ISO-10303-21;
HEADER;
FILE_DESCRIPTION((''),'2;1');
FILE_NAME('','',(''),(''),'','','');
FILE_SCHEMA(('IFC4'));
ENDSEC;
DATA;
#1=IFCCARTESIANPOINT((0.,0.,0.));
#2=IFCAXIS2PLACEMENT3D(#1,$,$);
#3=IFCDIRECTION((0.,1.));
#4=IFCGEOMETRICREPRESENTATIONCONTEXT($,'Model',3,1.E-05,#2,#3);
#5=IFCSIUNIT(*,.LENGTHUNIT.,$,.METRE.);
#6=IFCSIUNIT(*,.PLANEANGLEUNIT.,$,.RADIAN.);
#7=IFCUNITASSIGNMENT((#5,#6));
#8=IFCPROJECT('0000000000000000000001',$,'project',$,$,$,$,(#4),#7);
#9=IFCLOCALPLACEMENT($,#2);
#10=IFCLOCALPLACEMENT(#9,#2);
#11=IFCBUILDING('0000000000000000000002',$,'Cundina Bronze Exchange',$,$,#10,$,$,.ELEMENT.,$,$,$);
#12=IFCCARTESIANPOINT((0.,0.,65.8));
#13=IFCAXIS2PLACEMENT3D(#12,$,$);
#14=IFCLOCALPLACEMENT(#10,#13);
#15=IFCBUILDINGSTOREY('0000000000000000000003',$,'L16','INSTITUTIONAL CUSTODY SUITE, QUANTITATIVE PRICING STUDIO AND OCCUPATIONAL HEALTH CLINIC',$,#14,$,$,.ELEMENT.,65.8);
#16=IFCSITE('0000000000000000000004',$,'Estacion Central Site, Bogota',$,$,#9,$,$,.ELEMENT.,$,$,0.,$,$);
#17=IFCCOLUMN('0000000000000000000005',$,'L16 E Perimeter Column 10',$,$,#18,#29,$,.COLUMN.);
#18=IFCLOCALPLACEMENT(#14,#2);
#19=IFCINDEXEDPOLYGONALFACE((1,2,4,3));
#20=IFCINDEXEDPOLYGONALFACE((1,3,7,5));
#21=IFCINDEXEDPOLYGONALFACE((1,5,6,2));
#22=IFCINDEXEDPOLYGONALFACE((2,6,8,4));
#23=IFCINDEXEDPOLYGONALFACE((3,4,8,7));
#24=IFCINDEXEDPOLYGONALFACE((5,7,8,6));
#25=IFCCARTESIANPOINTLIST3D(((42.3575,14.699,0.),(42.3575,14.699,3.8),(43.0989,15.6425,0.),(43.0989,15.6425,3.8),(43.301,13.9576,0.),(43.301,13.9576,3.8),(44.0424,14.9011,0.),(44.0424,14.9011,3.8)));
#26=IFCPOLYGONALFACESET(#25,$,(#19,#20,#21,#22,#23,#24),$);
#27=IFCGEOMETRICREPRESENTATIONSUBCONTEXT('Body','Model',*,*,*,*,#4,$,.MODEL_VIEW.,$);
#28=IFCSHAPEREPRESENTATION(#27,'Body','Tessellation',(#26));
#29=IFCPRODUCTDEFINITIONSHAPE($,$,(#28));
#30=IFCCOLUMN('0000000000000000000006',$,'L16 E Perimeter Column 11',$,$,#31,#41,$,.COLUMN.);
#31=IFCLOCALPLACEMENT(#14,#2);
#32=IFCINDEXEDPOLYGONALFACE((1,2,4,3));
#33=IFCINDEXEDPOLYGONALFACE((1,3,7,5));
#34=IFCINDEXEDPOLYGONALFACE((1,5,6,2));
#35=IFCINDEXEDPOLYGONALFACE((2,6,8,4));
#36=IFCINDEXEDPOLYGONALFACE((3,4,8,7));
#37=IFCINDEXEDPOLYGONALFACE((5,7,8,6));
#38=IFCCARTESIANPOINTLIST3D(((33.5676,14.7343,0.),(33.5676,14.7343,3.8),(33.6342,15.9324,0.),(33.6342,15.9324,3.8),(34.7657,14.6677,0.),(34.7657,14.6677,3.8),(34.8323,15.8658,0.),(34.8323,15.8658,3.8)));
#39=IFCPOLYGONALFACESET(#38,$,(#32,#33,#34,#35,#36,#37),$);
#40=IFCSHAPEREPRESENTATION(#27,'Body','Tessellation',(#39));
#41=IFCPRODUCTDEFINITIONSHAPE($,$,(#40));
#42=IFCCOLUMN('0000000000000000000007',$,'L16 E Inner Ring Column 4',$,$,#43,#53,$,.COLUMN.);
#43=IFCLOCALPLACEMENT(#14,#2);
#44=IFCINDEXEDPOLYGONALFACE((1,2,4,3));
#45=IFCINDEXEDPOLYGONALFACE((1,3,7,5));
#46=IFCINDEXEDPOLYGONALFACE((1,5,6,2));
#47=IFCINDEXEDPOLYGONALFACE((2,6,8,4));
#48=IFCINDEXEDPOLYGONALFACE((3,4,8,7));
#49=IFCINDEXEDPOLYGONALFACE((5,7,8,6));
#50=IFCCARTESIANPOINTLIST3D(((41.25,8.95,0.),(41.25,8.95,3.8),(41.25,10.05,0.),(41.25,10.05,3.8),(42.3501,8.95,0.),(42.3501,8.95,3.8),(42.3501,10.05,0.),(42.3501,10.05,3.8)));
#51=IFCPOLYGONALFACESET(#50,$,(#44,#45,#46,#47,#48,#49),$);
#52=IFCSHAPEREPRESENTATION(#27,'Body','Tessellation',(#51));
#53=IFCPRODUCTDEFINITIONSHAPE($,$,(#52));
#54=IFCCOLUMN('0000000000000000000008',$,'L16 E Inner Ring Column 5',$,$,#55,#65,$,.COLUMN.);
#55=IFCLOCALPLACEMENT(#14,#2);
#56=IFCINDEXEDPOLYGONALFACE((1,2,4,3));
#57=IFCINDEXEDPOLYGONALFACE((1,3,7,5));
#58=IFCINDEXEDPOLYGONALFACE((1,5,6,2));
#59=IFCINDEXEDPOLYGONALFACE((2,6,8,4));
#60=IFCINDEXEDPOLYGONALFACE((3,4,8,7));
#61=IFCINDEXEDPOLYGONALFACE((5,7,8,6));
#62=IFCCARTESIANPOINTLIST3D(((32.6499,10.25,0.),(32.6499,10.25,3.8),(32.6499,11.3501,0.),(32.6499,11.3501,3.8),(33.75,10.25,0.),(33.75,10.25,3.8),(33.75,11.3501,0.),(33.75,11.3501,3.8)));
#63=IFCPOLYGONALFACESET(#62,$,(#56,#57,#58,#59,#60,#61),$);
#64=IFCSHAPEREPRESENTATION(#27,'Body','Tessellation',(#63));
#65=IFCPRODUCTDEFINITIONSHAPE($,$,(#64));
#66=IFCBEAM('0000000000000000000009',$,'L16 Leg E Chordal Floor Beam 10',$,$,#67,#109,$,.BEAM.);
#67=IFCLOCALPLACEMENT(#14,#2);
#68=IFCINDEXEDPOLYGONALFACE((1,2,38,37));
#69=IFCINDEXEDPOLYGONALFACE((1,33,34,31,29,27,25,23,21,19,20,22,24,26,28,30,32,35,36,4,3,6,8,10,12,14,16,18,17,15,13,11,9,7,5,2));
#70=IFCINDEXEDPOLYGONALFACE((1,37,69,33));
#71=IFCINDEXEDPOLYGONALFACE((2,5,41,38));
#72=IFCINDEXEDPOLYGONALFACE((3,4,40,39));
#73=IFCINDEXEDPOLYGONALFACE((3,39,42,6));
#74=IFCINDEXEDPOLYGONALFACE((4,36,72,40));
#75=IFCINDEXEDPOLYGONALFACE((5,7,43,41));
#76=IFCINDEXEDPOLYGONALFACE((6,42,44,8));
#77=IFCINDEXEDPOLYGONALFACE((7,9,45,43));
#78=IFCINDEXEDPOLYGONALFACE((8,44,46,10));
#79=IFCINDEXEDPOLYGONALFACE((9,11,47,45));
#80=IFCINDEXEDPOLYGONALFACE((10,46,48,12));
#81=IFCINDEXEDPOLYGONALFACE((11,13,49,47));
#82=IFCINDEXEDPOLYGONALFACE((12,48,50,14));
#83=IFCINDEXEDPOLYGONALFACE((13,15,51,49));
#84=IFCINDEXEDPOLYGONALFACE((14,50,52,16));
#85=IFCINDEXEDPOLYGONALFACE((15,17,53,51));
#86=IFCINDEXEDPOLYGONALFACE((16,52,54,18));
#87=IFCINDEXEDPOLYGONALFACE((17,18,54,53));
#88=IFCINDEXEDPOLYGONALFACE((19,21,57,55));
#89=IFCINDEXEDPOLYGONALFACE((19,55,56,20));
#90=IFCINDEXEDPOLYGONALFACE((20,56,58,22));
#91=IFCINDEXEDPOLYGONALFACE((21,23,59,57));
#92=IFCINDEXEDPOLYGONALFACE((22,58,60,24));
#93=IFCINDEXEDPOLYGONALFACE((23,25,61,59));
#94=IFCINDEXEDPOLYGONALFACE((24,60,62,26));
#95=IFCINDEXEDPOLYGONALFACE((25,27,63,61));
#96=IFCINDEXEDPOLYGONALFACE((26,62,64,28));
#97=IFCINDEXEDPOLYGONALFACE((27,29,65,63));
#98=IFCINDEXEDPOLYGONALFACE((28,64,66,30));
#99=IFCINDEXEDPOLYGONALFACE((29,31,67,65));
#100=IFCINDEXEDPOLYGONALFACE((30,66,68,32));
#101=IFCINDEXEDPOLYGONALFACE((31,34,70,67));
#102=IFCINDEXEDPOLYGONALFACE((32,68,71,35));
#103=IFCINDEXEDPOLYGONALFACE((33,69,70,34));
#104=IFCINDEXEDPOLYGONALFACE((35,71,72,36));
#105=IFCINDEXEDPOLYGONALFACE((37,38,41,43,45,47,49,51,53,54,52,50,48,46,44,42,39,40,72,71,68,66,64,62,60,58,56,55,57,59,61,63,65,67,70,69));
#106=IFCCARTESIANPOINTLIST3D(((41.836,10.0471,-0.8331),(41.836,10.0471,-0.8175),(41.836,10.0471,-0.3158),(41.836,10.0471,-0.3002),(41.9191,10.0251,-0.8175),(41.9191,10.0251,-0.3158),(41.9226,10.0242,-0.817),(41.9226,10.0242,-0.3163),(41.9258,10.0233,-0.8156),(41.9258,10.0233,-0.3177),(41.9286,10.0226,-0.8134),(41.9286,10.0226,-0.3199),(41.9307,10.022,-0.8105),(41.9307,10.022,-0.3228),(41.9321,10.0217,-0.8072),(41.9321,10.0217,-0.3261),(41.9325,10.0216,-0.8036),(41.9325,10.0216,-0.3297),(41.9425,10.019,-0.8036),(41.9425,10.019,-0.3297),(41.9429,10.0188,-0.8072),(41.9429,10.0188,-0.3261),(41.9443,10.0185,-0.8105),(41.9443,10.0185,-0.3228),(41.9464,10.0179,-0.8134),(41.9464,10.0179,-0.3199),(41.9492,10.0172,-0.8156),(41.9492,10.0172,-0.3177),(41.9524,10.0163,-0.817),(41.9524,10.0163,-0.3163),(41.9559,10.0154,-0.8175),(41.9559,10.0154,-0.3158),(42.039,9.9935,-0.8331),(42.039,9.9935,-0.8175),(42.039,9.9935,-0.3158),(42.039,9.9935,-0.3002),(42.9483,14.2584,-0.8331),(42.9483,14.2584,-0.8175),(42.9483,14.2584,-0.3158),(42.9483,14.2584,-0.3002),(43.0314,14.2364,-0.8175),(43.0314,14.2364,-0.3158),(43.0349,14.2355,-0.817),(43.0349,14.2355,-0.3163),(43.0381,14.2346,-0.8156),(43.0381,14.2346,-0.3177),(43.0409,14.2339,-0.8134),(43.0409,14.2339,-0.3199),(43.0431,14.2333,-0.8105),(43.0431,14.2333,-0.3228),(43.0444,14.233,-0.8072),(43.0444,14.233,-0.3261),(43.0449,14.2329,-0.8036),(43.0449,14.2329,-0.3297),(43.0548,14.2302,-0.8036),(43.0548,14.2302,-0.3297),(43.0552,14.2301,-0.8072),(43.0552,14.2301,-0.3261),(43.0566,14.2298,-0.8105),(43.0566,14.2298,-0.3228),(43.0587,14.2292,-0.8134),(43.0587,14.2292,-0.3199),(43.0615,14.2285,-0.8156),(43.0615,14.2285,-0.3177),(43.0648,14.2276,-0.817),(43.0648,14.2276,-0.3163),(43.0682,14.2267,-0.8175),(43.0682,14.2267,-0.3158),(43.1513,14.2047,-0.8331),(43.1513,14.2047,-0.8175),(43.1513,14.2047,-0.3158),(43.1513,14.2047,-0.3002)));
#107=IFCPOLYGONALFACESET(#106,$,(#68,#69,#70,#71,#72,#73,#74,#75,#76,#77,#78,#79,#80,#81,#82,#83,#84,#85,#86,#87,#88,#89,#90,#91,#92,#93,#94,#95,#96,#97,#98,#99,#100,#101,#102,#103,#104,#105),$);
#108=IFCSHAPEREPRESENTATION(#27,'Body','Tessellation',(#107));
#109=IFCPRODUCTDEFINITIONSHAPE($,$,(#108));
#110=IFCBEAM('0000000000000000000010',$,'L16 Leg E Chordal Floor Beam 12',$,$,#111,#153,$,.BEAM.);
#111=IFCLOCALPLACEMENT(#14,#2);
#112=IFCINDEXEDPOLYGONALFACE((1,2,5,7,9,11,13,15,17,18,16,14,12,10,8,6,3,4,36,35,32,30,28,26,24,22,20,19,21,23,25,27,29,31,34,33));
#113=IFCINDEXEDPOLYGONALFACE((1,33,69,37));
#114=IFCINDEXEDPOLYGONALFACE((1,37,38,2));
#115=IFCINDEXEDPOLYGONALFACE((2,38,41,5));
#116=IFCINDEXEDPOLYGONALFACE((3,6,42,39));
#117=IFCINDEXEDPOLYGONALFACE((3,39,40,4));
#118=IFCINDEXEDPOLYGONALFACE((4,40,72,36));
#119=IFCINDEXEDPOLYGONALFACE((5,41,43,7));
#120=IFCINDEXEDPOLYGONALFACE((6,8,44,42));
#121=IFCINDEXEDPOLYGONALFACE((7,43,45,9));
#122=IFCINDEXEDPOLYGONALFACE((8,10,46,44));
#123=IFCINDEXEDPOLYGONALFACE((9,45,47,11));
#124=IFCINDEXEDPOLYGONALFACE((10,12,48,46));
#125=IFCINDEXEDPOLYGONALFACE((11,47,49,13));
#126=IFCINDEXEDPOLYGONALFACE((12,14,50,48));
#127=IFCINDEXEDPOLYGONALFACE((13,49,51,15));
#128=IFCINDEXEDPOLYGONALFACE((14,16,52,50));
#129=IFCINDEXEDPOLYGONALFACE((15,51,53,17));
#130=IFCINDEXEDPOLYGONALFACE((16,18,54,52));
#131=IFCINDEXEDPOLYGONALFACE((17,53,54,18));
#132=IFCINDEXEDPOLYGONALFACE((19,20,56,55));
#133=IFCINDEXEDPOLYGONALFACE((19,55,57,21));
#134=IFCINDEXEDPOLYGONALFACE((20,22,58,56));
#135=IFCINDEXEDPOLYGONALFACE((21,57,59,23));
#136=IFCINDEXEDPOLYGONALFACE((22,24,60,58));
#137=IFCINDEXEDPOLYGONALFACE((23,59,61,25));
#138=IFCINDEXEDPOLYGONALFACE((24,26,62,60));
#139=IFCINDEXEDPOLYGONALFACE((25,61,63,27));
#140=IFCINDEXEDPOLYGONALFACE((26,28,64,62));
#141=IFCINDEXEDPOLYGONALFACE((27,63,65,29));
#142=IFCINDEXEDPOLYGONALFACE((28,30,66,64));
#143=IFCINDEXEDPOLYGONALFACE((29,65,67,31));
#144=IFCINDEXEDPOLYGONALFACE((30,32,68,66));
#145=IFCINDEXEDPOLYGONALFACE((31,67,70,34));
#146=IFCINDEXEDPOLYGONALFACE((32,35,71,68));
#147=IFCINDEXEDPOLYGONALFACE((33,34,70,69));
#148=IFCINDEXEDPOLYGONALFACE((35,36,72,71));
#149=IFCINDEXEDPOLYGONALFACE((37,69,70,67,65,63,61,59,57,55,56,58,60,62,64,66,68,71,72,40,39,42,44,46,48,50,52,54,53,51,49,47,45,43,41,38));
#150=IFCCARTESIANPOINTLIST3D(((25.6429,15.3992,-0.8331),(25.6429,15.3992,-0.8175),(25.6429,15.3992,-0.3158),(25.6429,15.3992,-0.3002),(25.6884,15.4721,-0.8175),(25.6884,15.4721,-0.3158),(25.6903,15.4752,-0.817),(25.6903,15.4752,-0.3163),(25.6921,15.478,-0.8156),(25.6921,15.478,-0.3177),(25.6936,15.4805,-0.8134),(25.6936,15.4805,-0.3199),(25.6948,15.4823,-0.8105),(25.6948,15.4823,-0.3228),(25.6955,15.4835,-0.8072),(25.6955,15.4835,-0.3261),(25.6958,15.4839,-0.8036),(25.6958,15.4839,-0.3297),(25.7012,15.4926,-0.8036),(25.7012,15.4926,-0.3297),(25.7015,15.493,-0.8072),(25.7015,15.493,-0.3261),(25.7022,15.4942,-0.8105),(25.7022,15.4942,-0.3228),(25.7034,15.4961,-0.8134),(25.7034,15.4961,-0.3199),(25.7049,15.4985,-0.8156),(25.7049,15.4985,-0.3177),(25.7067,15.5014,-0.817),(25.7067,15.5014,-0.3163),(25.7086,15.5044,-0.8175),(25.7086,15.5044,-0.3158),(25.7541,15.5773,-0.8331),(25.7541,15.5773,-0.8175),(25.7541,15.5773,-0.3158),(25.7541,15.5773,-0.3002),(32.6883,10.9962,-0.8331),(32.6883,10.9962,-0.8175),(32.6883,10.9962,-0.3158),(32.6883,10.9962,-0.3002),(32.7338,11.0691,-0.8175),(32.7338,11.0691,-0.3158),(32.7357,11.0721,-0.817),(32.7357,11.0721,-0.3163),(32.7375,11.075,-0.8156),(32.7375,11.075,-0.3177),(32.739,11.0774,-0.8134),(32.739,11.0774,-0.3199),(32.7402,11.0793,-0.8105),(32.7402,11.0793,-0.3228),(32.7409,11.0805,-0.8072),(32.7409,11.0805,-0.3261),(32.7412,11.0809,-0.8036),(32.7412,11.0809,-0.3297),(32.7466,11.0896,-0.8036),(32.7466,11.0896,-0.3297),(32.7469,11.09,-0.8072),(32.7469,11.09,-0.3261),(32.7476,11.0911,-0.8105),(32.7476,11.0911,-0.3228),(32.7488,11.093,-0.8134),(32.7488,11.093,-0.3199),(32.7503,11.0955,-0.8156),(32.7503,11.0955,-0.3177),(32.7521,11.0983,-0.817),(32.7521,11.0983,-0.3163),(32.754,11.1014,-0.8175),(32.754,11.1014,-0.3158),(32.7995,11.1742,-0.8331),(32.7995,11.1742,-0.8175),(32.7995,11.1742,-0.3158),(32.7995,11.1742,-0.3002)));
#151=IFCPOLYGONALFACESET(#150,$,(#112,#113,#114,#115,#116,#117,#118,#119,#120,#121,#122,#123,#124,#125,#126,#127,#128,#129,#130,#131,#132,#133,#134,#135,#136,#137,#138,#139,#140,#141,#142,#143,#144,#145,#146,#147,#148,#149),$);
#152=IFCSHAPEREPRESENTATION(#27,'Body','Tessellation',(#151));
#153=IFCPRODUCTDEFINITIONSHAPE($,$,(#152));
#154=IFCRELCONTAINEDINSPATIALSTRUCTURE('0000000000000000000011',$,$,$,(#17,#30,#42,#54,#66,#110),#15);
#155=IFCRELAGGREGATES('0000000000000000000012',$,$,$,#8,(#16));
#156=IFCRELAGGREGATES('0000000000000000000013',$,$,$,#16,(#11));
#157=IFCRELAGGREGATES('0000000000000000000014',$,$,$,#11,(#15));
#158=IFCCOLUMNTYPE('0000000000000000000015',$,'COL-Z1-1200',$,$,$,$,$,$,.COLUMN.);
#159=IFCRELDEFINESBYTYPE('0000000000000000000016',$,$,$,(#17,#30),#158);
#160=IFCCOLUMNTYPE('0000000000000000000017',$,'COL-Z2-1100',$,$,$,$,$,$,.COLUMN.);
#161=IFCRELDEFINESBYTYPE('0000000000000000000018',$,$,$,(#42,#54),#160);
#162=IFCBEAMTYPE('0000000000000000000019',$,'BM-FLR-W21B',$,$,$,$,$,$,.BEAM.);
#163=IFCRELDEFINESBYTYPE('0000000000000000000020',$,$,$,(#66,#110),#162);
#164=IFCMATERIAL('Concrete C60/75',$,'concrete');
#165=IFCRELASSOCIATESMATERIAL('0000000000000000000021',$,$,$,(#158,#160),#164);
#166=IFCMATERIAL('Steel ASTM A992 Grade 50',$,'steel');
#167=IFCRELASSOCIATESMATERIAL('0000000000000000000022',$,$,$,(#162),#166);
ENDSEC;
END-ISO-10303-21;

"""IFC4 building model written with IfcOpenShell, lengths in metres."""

from ifc_helpers import new_model, si_unit, direction, frame, origin, origin_2d, place, context, subcontext, project, spatial, rectangle, i_section, extrude, material, material_profile, profile_set, type_object, element, save


model = new_model("IFC4")

# Units and contexts
model_context = context("Model", 3, precision=1e-05, world=origin(), true_north=direction((0.0, 1.0)))
body_context = subcontext(model_context, "Body", "Model", "MODEL_VIEW")
ifc_project = project(units=[si_unit("LENGTHUNIT", "METRE"), si_unit("PLANEANGLEUNIT", "RADIAN")], contexts=[model_context])

# Site, building, storey
site_placement = place(None, origin())
site = spatial("IfcSite", under=ifc_project, at=site_placement, Name="Estacion Central Site, Bogota", CompositionType="ELEMENT", RefElevation=0.0)
building_placement = place(site_placement, origin())
building = spatial("IfcBuilding", under=site, at=building_placement, Name="Cundina Bronze Exchange", CompositionType="ELEMENT")
storey_placement = place(building_placement, frame((0.0, 0.0, 65.8)))
storey = spatial("IfcBuildingStorey", under=building, at=storey_placement, Name="L16", Description="INSTITUTIONAL CUSTODY SUITE, QUANTITATIVE PRICING STUDIO AND OCCUPATIONAL HEALTH CLINIC", CompositionType="ELEMENT", Elevation=65.8)

# Columns
ifc_material_1 = material(Name="Concrete C60/75", Category="concrete")
ifc_material_profile_1 = material_profile(ifc_material_1, rectangle(XDim=1.2, YDim=1.2, at=origin_2d()), Name="RC1200X1200", Category="concrete")
ifc_profile_set_1 = profile_set([ifc_material_profile_1], Name="Concrete C60/75")
column_type_1 = type_object("IfcColumnType", Name="COL-Z1-1200", PredefinedType="COLUMN", material=ifc_profile_set_1)
for number, where, z_axis, x_axis, name in (
    (1, (43.2, 14.8, 0.0), (0.0, 0.0, 1.0), (-0.786288, 0.61786, 0.0), "L16 E Perimeter Column 10"),
    (2, (34.2, 15.3, 0.0), (0.0, 0.0, 1.0), (-0.99846, 0.055473, 0.0), "L16 E Perimeter Column 11"),
):
    element("IfcColumn", number, at=place(storey_placement, frame(where, z_axis=z_axis, x_axis=x_axis)), inside=storey, type_object=column_type_1, Name=name, PredefinedType="COLUMN", context=body_context, shape_type="SweptSolid", body=[
        extrude(rectangle(XDim=1.2, YDim=1.2, at=origin_2d()), origin(), (0.0, 0.0, 1.0), 3.8),
    ])
ifc_material_profile_2 = material_profile(ifc_material_1, rectangle(XDim=1.1001, YDim=1.1001, at=origin_2d()), Name="RC1100X1100", Category="concrete")
ifc_profile_set_2 = profile_set([ifc_material_profile_2], Name="Concrete C60/75")
column_type_2 = type_object("IfcColumnType", Name="COL-Z2-1100", PredefinedType="COLUMN", material=ifc_profile_set_2)
for number, where, z_axis, x_axis, name in (
    (3, (41.8, 9.5, 0.0), (0.0, 0.0, 1.0), (1.0, 0.0, 0.0), "L16 E Inner Ring Column 4"),
    (4, (33.2, 10.8, 0.0), (0.0, 0.0, 1.0), (1.0, 0.0, 0.0), "L16 E Inner Ring Column 5"),
):
    element("IfcColumn", number, at=place(storey_placement, frame(where, z_axis=z_axis, x_axis=x_axis)), inside=storey, type_object=column_type_2, Name=name, PredefinedType="COLUMN", context=body_context, shape_type="SweptSolid", body=[
        extrude(rectangle(XDim=1.1001, YDim=1.1001, at=origin_2d()), origin(), (0.0, 0.0, 1.0), 3.8),
    ])

# Beams
ifc_material_2 = material(Name="Steel ASTM A992 Grade 50", Category="steel")
ifc_material_profile_3 = material_profile(ifc_material_2, i_section(OverallWidth=0.21, OverallDepth=0.533, WebThickness=0.0103, FlangeThickness=0.0156, FilletRadius=0.0139, at=origin_2d()), Name="W21X62", Category="steel")
ifc_profile_set_3 = profile_set([ifc_material_profile_3], Name="Steel ASTM A992 Grade 50")
beam_type_1 = type_object("IfcBeamType", Name="BM-FLR-W21B", PredefinedType="BEAM", material=ifc_profile_set_3)
beam_1_placement = place(storey_placement, frame((41.9375, 10.0203, -0.5667), z_axis=(0.255373, 0.966843, 0.0), x_axis=(-0.966843, 0.255373, 0.0)))
element("IfcBeam", 5, at=beam_1_placement, inside=storey, type_object=beam_type_1, Name="L16 Leg E Chordal Floor Beam 10", PredefinedType="BEAM", context=body_context, shape_type="SweptSolid", body=[
    extrude(i_section(OverallWidth=0.21, OverallDepth=0.533, WebThickness=0.0103, FlangeThickness=0.0156, FilletRadius=0.0139, at=origin_2d()), origin(), (0.0, 0.0, 1.0), 4.3557),
])
beam_2_placement = place(storey_placement, frame((32.7439, 11.0852, -0.5667), z_axis=(-0.848015, 0.529973, 0.0), x_axis=(-0.529973, -0.848015, 0.0)))
element("IfcBeam", 6, at=beam_2_placement, inside=storey, type_object=beam_type_1, Name="L16 Leg E Chordal Floor Beam 12", PredefinedType="BEAM", context=body_context, shape_type="SweptSolid", body=[
    extrude(i_section(OverallWidth=0.21, OverallDepth=0.533, WebThickness=0.0103, FlangeThickness=0.0156, FilletRadius=0.0139, at=origin_2d()), origin(), (0.0, 0.0, 1.0), 8.3081),
])

save(model, "model.ifc")
